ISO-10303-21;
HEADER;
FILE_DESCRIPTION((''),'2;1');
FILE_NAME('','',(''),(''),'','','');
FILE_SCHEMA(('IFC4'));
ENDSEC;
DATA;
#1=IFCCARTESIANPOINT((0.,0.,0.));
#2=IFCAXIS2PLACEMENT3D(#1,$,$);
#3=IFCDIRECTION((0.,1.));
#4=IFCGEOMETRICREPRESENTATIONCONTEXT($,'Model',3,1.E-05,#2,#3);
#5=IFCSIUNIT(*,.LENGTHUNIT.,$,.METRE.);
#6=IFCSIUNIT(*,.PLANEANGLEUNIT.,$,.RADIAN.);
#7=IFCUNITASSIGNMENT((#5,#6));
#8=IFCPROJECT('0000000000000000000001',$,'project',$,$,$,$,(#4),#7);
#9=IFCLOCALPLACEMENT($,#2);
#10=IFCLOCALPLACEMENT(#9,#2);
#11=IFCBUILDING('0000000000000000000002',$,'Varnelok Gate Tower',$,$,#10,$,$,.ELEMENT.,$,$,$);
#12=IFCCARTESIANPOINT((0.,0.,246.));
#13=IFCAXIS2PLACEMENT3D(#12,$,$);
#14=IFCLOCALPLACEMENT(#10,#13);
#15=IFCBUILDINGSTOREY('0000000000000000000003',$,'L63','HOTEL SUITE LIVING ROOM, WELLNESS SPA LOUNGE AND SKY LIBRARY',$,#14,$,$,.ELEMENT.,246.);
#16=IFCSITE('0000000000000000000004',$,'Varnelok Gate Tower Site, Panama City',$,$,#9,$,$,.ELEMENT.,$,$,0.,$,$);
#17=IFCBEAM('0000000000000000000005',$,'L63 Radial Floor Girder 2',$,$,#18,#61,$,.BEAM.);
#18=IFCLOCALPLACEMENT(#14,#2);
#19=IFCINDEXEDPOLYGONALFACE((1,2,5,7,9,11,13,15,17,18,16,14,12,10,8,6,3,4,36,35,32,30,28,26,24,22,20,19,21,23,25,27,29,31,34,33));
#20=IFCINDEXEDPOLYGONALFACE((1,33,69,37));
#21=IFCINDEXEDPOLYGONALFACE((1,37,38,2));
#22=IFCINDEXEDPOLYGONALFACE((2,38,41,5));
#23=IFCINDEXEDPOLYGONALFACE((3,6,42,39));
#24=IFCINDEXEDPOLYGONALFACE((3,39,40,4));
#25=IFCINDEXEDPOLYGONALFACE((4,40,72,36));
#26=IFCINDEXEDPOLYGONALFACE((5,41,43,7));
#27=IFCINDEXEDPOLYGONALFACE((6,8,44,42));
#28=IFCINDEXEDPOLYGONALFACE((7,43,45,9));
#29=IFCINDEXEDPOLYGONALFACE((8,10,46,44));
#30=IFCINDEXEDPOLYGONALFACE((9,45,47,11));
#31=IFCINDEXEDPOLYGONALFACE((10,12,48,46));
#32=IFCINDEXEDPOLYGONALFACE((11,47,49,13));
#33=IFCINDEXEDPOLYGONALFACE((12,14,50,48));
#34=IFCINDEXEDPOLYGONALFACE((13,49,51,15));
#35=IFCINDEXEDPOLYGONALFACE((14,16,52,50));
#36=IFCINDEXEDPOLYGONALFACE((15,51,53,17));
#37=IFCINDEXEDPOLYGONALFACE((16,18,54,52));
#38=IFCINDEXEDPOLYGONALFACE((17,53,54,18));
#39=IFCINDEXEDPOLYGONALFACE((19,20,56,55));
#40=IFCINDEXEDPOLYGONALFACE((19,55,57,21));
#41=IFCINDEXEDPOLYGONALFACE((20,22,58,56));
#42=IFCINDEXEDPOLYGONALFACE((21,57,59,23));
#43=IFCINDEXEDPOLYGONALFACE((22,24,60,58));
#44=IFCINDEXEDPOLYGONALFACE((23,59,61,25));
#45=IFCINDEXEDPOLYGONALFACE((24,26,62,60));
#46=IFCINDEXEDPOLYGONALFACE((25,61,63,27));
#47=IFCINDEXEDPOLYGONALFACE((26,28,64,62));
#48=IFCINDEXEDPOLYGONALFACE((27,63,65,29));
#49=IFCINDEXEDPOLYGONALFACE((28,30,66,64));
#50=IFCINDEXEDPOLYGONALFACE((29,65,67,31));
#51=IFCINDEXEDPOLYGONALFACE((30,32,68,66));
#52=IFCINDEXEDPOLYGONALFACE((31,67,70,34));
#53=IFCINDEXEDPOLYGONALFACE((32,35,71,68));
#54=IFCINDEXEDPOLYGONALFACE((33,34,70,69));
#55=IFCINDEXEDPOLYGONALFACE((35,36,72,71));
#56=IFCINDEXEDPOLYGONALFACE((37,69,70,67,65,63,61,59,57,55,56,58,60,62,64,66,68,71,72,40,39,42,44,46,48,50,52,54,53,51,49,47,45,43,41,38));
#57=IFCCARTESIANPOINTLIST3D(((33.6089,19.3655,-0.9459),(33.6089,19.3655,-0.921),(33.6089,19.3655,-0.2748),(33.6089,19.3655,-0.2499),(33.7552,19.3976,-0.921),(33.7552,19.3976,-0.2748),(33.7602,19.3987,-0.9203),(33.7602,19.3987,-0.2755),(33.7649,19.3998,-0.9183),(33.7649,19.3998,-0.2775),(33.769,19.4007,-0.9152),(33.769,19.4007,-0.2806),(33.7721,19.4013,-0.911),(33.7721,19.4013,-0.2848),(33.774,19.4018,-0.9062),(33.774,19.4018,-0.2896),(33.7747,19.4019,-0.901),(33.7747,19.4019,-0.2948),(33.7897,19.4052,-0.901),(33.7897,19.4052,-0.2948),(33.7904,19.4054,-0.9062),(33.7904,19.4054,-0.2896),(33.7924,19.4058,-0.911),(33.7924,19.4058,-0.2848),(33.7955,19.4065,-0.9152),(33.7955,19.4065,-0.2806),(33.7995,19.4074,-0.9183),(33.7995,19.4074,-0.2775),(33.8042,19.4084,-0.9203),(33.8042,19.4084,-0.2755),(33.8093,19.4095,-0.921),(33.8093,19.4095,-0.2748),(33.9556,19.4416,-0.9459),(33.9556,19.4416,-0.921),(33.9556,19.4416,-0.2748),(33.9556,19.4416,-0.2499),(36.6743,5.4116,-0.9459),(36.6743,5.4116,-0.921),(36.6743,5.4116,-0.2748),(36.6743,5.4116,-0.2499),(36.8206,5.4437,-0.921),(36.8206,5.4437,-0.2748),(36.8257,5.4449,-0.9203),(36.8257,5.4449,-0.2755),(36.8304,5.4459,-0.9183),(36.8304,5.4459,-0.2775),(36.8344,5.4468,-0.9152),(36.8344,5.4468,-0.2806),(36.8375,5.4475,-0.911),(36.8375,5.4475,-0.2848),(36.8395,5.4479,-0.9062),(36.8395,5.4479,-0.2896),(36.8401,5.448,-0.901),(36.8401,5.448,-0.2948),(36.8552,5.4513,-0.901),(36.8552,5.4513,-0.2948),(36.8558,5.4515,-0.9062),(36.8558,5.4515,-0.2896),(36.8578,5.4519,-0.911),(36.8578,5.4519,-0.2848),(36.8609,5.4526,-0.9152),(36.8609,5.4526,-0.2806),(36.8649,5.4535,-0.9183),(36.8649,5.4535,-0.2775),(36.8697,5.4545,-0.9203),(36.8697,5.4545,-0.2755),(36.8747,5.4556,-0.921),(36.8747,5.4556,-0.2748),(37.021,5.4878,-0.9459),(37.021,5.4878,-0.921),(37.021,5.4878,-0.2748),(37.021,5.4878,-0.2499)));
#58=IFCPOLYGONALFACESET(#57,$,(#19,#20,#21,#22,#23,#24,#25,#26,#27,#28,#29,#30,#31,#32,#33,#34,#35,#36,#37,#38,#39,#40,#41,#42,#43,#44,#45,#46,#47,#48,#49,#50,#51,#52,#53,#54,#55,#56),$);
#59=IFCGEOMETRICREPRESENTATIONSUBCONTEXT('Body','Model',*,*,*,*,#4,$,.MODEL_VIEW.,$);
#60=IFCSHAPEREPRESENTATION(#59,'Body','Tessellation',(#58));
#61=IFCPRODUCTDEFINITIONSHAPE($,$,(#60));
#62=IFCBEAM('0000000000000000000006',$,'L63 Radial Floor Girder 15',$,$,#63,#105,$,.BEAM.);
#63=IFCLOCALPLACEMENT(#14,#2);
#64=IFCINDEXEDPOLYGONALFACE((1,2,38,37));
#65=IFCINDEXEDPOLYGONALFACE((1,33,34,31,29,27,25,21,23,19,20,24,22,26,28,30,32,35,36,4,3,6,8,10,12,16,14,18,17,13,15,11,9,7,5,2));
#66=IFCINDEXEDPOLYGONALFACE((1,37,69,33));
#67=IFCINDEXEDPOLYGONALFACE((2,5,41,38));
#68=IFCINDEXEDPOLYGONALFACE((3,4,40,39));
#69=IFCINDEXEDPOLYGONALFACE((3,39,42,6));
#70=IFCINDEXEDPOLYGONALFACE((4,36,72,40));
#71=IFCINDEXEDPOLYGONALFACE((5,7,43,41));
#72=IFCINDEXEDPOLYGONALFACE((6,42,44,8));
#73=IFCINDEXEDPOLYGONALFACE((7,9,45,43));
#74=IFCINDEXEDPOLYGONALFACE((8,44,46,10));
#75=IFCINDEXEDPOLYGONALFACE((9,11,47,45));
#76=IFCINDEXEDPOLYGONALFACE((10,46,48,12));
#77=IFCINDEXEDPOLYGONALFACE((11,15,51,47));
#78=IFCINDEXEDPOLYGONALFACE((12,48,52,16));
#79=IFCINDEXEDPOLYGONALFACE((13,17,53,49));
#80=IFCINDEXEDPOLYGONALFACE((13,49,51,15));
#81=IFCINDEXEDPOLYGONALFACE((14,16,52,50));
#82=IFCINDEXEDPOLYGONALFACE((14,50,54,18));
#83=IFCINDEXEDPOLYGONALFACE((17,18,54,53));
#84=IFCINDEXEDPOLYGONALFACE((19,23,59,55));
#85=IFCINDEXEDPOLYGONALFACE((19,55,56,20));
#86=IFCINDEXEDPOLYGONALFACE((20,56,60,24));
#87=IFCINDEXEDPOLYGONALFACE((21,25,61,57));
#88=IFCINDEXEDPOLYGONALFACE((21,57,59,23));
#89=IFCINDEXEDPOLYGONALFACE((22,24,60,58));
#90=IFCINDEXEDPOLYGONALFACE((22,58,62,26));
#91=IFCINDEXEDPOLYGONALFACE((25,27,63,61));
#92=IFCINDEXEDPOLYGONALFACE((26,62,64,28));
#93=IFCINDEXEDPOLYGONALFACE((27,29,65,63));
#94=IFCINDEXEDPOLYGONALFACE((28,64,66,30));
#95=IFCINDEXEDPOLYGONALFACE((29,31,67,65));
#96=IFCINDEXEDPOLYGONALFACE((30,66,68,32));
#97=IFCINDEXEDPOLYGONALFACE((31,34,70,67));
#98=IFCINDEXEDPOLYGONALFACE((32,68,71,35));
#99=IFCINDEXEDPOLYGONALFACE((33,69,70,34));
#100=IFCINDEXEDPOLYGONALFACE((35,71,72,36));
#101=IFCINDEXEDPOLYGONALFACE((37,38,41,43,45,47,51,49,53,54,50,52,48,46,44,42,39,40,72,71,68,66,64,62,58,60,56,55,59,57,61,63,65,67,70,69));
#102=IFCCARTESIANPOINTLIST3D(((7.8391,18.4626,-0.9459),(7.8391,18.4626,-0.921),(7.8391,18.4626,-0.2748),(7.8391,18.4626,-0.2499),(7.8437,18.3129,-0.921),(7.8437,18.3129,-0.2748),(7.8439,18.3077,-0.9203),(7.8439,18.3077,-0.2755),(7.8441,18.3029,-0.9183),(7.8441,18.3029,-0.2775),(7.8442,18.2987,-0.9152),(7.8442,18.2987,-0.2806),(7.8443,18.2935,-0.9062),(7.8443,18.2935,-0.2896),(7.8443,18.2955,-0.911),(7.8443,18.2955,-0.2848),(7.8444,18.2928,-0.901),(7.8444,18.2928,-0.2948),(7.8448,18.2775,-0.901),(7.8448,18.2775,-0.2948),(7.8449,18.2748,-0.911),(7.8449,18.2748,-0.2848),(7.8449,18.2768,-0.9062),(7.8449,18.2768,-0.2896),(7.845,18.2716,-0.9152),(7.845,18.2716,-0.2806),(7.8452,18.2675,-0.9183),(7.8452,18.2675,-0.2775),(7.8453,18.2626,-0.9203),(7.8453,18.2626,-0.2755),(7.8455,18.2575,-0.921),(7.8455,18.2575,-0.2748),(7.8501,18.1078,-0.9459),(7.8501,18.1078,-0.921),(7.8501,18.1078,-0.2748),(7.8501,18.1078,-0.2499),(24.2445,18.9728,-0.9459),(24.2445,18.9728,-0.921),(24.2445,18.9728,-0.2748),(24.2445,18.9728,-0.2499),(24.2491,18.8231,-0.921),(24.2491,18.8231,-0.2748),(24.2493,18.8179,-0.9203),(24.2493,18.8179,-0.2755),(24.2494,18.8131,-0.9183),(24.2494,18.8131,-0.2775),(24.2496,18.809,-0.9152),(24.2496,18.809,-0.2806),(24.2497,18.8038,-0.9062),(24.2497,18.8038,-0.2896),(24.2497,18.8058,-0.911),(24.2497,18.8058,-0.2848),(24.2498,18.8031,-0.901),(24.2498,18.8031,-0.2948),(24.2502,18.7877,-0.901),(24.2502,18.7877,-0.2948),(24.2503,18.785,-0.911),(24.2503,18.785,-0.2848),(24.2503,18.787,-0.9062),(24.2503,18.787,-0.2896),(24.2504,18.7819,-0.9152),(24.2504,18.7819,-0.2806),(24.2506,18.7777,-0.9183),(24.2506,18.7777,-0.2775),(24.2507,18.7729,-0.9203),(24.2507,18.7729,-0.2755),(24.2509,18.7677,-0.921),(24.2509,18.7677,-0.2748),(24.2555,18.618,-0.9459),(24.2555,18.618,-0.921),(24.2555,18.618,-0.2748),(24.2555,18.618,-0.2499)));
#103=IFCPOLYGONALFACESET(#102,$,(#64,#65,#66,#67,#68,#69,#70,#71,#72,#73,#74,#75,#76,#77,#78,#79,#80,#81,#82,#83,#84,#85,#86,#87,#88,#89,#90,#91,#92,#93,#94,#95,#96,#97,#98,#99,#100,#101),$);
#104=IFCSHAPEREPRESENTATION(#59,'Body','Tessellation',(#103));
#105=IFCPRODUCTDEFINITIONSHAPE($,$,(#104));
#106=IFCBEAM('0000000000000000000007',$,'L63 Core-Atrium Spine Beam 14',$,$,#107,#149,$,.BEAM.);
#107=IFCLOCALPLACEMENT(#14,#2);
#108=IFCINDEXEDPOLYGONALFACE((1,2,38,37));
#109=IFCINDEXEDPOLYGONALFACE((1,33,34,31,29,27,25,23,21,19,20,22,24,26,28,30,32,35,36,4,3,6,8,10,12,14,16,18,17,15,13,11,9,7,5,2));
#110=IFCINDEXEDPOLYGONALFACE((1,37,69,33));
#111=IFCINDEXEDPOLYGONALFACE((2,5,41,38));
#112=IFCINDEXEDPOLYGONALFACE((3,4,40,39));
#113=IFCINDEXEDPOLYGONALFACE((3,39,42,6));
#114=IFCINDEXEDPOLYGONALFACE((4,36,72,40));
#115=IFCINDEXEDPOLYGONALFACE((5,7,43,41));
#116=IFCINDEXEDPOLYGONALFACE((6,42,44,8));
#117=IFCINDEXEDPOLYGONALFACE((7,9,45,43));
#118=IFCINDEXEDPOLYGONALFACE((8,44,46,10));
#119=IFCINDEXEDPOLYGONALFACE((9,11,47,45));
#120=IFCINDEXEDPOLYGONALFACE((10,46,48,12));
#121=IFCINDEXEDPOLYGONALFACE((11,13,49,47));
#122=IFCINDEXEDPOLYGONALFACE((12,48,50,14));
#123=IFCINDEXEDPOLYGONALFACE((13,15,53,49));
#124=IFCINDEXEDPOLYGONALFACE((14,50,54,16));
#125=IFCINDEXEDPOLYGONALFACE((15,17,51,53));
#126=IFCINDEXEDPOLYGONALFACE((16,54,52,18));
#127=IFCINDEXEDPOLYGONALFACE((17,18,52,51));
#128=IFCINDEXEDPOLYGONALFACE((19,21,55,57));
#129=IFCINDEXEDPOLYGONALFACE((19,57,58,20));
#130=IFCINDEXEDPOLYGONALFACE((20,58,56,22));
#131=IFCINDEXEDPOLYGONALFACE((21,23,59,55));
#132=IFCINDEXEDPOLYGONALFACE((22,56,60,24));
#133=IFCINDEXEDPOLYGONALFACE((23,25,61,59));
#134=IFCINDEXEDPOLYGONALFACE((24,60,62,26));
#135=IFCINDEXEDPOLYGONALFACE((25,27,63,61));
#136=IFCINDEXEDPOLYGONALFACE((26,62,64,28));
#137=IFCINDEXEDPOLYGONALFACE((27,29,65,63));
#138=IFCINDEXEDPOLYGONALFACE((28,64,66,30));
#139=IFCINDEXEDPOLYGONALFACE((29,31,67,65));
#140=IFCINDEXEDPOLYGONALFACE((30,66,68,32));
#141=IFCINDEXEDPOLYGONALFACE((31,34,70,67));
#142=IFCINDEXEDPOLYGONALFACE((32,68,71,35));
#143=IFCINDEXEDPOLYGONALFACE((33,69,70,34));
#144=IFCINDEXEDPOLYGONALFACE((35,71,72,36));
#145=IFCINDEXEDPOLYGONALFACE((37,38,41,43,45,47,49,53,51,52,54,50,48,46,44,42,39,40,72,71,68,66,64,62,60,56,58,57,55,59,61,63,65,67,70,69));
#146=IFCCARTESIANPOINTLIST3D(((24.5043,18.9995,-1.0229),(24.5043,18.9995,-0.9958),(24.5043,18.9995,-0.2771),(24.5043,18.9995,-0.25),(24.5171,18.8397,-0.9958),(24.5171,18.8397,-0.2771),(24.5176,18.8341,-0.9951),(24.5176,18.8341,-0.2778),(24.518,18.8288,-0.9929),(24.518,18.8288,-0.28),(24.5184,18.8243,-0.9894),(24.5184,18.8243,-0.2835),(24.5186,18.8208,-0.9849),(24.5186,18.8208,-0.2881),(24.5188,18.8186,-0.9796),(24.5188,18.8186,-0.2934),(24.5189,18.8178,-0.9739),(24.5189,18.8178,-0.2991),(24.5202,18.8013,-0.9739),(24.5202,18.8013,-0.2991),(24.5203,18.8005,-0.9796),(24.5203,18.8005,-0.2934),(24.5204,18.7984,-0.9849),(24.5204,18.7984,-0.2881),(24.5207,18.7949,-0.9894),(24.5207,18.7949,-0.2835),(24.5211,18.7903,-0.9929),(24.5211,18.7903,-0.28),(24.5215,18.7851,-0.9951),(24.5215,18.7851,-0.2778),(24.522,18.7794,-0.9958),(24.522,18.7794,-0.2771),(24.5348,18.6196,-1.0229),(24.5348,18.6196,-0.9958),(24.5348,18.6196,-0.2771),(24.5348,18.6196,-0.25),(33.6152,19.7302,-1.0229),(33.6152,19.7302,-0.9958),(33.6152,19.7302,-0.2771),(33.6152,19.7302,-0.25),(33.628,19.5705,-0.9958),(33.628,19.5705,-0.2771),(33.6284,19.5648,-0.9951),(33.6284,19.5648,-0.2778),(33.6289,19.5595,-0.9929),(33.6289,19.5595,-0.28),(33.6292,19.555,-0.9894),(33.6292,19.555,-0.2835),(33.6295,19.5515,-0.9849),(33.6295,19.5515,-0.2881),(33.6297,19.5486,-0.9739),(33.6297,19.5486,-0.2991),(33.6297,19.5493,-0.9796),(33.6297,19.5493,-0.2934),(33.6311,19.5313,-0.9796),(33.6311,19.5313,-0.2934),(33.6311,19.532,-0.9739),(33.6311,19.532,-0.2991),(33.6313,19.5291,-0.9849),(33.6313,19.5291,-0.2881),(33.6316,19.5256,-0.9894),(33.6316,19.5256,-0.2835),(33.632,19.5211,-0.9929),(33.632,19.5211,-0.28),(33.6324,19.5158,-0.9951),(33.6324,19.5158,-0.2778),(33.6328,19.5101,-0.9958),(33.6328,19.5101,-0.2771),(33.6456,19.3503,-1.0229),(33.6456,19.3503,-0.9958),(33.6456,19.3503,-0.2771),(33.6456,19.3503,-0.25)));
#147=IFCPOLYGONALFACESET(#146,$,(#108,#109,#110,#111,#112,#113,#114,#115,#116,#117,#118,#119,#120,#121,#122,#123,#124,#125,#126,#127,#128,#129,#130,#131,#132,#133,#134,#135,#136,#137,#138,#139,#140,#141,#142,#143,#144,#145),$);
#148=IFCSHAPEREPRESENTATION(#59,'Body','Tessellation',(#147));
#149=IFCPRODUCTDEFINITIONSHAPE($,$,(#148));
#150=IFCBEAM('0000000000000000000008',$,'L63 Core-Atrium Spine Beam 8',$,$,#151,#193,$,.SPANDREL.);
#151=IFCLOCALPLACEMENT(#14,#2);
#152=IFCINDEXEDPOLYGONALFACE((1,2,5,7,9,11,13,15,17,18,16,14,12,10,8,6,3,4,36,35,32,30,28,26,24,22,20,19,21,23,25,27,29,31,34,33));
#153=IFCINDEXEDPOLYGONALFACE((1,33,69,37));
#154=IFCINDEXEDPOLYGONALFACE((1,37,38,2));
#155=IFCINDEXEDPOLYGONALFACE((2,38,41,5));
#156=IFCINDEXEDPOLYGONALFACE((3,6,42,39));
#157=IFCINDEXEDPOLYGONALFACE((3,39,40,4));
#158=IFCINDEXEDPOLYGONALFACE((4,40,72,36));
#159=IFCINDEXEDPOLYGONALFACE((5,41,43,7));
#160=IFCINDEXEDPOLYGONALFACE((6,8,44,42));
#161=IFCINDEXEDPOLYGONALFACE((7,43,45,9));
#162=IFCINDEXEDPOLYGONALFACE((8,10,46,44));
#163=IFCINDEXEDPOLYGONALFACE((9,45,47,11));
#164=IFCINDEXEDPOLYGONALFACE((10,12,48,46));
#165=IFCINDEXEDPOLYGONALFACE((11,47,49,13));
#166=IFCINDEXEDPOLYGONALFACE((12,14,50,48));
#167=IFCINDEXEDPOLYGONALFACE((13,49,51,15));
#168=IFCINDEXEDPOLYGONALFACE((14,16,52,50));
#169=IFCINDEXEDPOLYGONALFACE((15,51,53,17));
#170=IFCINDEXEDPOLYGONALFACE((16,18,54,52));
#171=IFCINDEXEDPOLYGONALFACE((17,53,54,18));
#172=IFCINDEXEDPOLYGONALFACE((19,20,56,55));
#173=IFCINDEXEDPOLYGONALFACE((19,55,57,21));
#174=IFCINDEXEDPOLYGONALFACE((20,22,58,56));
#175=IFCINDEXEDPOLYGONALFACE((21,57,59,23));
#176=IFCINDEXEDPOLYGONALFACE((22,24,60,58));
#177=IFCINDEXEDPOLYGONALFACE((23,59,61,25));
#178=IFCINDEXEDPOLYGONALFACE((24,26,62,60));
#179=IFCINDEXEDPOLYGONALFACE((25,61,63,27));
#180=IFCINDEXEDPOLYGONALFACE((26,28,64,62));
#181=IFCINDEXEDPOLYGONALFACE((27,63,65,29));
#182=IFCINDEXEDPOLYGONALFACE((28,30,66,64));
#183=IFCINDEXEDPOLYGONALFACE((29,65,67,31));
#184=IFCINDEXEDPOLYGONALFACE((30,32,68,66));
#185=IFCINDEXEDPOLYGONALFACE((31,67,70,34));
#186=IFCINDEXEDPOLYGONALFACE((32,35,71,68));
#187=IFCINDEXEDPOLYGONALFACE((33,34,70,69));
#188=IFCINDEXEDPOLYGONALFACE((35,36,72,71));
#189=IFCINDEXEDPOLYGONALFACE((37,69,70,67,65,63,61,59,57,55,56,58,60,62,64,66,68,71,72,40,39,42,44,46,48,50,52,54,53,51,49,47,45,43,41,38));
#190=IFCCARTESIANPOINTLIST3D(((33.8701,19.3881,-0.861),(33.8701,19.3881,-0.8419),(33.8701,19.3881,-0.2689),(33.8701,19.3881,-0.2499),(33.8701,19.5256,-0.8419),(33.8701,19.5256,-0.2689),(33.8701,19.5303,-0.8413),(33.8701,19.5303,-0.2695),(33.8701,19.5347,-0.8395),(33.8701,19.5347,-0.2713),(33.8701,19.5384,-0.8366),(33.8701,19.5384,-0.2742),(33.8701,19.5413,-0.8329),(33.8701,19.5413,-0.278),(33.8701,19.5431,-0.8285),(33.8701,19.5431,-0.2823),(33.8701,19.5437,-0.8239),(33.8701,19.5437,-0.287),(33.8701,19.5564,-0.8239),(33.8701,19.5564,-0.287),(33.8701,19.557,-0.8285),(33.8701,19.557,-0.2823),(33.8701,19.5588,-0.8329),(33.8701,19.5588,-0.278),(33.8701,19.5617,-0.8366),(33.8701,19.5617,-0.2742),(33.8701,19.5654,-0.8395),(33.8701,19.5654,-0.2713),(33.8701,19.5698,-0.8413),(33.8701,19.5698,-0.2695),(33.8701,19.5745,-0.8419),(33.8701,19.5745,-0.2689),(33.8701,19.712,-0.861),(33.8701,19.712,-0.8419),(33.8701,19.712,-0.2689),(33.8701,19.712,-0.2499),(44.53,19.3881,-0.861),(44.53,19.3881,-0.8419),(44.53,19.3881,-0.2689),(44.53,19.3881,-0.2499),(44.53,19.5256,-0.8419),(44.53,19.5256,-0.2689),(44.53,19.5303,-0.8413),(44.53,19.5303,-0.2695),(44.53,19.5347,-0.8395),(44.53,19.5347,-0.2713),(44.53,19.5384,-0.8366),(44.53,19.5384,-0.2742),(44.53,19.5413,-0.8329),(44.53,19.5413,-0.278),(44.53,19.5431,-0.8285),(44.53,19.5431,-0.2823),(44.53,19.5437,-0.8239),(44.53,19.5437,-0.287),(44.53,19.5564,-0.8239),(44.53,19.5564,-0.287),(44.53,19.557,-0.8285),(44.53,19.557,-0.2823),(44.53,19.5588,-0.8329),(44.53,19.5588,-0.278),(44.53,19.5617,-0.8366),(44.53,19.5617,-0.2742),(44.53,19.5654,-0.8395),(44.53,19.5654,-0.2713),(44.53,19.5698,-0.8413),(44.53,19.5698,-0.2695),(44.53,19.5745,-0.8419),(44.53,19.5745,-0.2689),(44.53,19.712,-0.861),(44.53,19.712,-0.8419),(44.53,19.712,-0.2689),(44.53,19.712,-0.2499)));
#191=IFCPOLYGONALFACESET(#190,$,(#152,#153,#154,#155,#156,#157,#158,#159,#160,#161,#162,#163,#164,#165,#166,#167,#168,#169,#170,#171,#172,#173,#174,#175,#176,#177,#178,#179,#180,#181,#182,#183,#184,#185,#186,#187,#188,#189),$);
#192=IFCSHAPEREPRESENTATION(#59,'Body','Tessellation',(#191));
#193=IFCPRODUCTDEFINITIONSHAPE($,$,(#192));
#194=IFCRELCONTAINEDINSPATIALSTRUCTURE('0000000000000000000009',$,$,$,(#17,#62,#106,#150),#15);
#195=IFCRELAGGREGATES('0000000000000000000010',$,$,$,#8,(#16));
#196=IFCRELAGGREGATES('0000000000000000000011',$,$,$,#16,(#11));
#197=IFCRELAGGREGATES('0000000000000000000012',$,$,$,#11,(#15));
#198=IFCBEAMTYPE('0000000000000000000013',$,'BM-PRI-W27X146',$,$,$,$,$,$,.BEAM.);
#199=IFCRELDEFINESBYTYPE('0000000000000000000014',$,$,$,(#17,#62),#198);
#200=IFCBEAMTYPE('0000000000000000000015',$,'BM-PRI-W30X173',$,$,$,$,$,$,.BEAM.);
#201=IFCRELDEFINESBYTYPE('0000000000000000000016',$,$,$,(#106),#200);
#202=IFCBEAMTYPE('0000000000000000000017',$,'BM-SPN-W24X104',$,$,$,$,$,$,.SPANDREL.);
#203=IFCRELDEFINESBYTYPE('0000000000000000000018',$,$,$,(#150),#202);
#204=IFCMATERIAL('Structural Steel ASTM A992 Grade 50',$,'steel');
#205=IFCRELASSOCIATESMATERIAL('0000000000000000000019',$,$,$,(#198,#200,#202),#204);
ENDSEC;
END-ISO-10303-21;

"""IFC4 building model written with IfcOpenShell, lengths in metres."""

from ifc_helpers import new_model, si_unit, direction, frame, origin, origin_2d, place, context, subcontext, project, spatial, i_section, extrude, material, material_profile, profile_set, type_object, element, save


model = new_model("IFC4")

# Units and contexts
model_context = context("Model", 3, precision=1e-05, world=origin(), true_north=direction((0.0, 1.0)))
body_context = subcontext(model_context, "Body", "Model", "MODEL_VIEW")
ifc_project = project(units=[si_unit("LENGTHUNIT", "METRE"), si_unit("PLANEANGLEUNIT", "RADIAN")], contexts=[model_context])

# Site, building, storey
site_placement = place(None, origin())
site = spatial("IfcSite", under=ifc_project, at=site_placement, Name="Varnelok Gate Tower Site, Panama City", CompositionType="ELEMENT", RefElevation=0.0)
building_placement = place(site_placement, origin())
building = spatial("IfcBuilding", under=site, at=building_placement, Name="Varnelok Gate Tower", CompositionType="ELEMENT")
storey_placement = place(building_placement, frame((0.0, 0.0, 246.0)))
storey = spatial("IfcBuildingStorey", under=building, at=storey_placement, Name="L63", Description="HOTEL SUITE LIVING ROOM, WELLNESS SPA LOUNGE AND SKY LIBRARY", CompositionType="ELEMENT", Elevation=246.0)

# Shared definitions
ifc_material_1 = material(Name="Structural Steel ASTM A992 Grade 50", Category="steel")

# Beams
ifc_material_profile_1 = material_profile(ifc_material_1, i_section(OverallWidth=0.355, OverallDepth=0.696, WebThickness=0.0154, FlangeThickness=0.0249, FilletRadius=0.02, at=origin_2d()), Name="W27X146")
ifc_profile_set_1 = profile_set([ifc_material_profile_1], Name="Structural Steel ASTM A992 Grade 50")
beam_type_1 = type_object("IfcBeamType", Name="BM-PRI-W27X146", PredefinedType="BEAM", material=ifc_profile_set_1)
beam_1_placement = place(storey_placement, frame((33.7822, 19.4036, -0.5979), z_axis=(0.214567, -0.976709, 0.0), x_axis=(0.976709, 0.214567, 0.0)))
element("IfcBeam", 1, at=beam_1_placement, inside=storey, type_object=beam_type_1, Name="L63 Radial Floor Girder 2", PredefinedType="BEAM", context=body_context, shape_type="SweptSolid", body=[
    extrude(i_section(OverallWidth=0.355, OverallDepth=0.696, WebThickness=0.0154, FlangeThickness=0.0249, FilletRadius=0.02, at=origin_2d()), origin(), (0.0, 0.0, 1.0), 14.2866),
])
beam_2_placement = place(storey_placement, frame((24.25, 18.7954, -0.5979), z_axis=(-0.999517, -0.031088, 0.0), x_axis=(0.031088, -0.999517, 0.0)))
element("IfcBeam", 2, at=beam_2_placement, inside=storey, type_object=beam_type_1, Name="L63 Radial Floor Girder 15", PredefinedType="BEAM", context=body_context, shape_type="SweptSolid", body=[
    extrude(i_section(OverallWidth=0.355, OverallDepth=0.696, WebThickness=0.0154, FlangeThickness=0.0249, FilletRadius=0.02, at=origin_2d()), origin(), (0.0, 0.0, 1.0), 16.4133),
])
ifc_material_profile_2 = material_profile(ifc_material_1, i_section(OverallWidth=0.3811, OverallDepth=0.7729, WebThickness=0.0166, FlangeThickness=0.0271, FilletRadius=0.022, at=origin_2d()), Name="W30X173")
ifc_profile_set_2 = profile_set([ifc_material_profile_2], Name="Structural Steel ASTM A992 Grade 50")
beam_type_2 = type_object("IfcBeamType", Name="BM-PRI-W30X173", PredefinedType="BEAM", material=ifc_profile_set_2)
beam_3_placement = place(storey_placement, frame((24.5195, 18.8096, -0.6365), z_axis=(0.996799, 0.079946, 0.0), x_axis=(-0.079946, 0.996799, 0.0)))
element("IfcBeam", 3, at=beam_3_placement, inside=storey, type_object=beam_type_2, Name="L63 Core-Atrium Spine Beam 14", PredefinedType="BEAM", context=body_context, shape_type="SweptSolid", body=[
    extrude(i_section(OverallWidth=0.3811, OverallDepth=0.7729, WebThickness=0.0166, FlangeThickness=0.0271, FilletRadius=0.022, at=origin_2d()), origin(), (0.0, 0.0, 1.0), 9.1401),
])
ifc_material_profile_3 = material_profile(ifc_material_1, i_section(OverallWidth=0.324, OverallDepth=0.6111, WebThickness=0.0127, FlangeThickness=0.019, FilletRadius=0.0181, at=origin_2d()), Name="W24X104")
ifc_profile_set_3 = profile_set([ifc_material_profile_3], Name="Structural Steel ASTM A992 Grade 50")
beam_type_3 = type_object("IfcBeamType", Name="BM-SPN-W24X104", PredefinedType="SPANDREL", material=ifc_profile_set_3)
beam_4_placement = place(storey_placement, frame((33.8701, 19.55, -0.5554), z_axis=(1.0, 0.0, 0.0), x_axis=(0.0, 1.0, 0.0)))
element("IfcBeam", 4, at=beam_4_placement, inside=storey, type_object=beam_type_3, Name="L63 Core-Atrium Spine Beam 8", PredefinedType="SPANDREL", context=body_context, shape_type="SweptSolid", body=[
    extrude(i_section(OverallWidth=0.324, OverallDepth=0.6111, WebThickness=0.0127, FlangeThickness=0.019, FilletRadius=0.0181, at=origin_2d()), origin(), (0.0, 0.0, 1.0), 10.6599),
])

save(model, "model.ifc")
